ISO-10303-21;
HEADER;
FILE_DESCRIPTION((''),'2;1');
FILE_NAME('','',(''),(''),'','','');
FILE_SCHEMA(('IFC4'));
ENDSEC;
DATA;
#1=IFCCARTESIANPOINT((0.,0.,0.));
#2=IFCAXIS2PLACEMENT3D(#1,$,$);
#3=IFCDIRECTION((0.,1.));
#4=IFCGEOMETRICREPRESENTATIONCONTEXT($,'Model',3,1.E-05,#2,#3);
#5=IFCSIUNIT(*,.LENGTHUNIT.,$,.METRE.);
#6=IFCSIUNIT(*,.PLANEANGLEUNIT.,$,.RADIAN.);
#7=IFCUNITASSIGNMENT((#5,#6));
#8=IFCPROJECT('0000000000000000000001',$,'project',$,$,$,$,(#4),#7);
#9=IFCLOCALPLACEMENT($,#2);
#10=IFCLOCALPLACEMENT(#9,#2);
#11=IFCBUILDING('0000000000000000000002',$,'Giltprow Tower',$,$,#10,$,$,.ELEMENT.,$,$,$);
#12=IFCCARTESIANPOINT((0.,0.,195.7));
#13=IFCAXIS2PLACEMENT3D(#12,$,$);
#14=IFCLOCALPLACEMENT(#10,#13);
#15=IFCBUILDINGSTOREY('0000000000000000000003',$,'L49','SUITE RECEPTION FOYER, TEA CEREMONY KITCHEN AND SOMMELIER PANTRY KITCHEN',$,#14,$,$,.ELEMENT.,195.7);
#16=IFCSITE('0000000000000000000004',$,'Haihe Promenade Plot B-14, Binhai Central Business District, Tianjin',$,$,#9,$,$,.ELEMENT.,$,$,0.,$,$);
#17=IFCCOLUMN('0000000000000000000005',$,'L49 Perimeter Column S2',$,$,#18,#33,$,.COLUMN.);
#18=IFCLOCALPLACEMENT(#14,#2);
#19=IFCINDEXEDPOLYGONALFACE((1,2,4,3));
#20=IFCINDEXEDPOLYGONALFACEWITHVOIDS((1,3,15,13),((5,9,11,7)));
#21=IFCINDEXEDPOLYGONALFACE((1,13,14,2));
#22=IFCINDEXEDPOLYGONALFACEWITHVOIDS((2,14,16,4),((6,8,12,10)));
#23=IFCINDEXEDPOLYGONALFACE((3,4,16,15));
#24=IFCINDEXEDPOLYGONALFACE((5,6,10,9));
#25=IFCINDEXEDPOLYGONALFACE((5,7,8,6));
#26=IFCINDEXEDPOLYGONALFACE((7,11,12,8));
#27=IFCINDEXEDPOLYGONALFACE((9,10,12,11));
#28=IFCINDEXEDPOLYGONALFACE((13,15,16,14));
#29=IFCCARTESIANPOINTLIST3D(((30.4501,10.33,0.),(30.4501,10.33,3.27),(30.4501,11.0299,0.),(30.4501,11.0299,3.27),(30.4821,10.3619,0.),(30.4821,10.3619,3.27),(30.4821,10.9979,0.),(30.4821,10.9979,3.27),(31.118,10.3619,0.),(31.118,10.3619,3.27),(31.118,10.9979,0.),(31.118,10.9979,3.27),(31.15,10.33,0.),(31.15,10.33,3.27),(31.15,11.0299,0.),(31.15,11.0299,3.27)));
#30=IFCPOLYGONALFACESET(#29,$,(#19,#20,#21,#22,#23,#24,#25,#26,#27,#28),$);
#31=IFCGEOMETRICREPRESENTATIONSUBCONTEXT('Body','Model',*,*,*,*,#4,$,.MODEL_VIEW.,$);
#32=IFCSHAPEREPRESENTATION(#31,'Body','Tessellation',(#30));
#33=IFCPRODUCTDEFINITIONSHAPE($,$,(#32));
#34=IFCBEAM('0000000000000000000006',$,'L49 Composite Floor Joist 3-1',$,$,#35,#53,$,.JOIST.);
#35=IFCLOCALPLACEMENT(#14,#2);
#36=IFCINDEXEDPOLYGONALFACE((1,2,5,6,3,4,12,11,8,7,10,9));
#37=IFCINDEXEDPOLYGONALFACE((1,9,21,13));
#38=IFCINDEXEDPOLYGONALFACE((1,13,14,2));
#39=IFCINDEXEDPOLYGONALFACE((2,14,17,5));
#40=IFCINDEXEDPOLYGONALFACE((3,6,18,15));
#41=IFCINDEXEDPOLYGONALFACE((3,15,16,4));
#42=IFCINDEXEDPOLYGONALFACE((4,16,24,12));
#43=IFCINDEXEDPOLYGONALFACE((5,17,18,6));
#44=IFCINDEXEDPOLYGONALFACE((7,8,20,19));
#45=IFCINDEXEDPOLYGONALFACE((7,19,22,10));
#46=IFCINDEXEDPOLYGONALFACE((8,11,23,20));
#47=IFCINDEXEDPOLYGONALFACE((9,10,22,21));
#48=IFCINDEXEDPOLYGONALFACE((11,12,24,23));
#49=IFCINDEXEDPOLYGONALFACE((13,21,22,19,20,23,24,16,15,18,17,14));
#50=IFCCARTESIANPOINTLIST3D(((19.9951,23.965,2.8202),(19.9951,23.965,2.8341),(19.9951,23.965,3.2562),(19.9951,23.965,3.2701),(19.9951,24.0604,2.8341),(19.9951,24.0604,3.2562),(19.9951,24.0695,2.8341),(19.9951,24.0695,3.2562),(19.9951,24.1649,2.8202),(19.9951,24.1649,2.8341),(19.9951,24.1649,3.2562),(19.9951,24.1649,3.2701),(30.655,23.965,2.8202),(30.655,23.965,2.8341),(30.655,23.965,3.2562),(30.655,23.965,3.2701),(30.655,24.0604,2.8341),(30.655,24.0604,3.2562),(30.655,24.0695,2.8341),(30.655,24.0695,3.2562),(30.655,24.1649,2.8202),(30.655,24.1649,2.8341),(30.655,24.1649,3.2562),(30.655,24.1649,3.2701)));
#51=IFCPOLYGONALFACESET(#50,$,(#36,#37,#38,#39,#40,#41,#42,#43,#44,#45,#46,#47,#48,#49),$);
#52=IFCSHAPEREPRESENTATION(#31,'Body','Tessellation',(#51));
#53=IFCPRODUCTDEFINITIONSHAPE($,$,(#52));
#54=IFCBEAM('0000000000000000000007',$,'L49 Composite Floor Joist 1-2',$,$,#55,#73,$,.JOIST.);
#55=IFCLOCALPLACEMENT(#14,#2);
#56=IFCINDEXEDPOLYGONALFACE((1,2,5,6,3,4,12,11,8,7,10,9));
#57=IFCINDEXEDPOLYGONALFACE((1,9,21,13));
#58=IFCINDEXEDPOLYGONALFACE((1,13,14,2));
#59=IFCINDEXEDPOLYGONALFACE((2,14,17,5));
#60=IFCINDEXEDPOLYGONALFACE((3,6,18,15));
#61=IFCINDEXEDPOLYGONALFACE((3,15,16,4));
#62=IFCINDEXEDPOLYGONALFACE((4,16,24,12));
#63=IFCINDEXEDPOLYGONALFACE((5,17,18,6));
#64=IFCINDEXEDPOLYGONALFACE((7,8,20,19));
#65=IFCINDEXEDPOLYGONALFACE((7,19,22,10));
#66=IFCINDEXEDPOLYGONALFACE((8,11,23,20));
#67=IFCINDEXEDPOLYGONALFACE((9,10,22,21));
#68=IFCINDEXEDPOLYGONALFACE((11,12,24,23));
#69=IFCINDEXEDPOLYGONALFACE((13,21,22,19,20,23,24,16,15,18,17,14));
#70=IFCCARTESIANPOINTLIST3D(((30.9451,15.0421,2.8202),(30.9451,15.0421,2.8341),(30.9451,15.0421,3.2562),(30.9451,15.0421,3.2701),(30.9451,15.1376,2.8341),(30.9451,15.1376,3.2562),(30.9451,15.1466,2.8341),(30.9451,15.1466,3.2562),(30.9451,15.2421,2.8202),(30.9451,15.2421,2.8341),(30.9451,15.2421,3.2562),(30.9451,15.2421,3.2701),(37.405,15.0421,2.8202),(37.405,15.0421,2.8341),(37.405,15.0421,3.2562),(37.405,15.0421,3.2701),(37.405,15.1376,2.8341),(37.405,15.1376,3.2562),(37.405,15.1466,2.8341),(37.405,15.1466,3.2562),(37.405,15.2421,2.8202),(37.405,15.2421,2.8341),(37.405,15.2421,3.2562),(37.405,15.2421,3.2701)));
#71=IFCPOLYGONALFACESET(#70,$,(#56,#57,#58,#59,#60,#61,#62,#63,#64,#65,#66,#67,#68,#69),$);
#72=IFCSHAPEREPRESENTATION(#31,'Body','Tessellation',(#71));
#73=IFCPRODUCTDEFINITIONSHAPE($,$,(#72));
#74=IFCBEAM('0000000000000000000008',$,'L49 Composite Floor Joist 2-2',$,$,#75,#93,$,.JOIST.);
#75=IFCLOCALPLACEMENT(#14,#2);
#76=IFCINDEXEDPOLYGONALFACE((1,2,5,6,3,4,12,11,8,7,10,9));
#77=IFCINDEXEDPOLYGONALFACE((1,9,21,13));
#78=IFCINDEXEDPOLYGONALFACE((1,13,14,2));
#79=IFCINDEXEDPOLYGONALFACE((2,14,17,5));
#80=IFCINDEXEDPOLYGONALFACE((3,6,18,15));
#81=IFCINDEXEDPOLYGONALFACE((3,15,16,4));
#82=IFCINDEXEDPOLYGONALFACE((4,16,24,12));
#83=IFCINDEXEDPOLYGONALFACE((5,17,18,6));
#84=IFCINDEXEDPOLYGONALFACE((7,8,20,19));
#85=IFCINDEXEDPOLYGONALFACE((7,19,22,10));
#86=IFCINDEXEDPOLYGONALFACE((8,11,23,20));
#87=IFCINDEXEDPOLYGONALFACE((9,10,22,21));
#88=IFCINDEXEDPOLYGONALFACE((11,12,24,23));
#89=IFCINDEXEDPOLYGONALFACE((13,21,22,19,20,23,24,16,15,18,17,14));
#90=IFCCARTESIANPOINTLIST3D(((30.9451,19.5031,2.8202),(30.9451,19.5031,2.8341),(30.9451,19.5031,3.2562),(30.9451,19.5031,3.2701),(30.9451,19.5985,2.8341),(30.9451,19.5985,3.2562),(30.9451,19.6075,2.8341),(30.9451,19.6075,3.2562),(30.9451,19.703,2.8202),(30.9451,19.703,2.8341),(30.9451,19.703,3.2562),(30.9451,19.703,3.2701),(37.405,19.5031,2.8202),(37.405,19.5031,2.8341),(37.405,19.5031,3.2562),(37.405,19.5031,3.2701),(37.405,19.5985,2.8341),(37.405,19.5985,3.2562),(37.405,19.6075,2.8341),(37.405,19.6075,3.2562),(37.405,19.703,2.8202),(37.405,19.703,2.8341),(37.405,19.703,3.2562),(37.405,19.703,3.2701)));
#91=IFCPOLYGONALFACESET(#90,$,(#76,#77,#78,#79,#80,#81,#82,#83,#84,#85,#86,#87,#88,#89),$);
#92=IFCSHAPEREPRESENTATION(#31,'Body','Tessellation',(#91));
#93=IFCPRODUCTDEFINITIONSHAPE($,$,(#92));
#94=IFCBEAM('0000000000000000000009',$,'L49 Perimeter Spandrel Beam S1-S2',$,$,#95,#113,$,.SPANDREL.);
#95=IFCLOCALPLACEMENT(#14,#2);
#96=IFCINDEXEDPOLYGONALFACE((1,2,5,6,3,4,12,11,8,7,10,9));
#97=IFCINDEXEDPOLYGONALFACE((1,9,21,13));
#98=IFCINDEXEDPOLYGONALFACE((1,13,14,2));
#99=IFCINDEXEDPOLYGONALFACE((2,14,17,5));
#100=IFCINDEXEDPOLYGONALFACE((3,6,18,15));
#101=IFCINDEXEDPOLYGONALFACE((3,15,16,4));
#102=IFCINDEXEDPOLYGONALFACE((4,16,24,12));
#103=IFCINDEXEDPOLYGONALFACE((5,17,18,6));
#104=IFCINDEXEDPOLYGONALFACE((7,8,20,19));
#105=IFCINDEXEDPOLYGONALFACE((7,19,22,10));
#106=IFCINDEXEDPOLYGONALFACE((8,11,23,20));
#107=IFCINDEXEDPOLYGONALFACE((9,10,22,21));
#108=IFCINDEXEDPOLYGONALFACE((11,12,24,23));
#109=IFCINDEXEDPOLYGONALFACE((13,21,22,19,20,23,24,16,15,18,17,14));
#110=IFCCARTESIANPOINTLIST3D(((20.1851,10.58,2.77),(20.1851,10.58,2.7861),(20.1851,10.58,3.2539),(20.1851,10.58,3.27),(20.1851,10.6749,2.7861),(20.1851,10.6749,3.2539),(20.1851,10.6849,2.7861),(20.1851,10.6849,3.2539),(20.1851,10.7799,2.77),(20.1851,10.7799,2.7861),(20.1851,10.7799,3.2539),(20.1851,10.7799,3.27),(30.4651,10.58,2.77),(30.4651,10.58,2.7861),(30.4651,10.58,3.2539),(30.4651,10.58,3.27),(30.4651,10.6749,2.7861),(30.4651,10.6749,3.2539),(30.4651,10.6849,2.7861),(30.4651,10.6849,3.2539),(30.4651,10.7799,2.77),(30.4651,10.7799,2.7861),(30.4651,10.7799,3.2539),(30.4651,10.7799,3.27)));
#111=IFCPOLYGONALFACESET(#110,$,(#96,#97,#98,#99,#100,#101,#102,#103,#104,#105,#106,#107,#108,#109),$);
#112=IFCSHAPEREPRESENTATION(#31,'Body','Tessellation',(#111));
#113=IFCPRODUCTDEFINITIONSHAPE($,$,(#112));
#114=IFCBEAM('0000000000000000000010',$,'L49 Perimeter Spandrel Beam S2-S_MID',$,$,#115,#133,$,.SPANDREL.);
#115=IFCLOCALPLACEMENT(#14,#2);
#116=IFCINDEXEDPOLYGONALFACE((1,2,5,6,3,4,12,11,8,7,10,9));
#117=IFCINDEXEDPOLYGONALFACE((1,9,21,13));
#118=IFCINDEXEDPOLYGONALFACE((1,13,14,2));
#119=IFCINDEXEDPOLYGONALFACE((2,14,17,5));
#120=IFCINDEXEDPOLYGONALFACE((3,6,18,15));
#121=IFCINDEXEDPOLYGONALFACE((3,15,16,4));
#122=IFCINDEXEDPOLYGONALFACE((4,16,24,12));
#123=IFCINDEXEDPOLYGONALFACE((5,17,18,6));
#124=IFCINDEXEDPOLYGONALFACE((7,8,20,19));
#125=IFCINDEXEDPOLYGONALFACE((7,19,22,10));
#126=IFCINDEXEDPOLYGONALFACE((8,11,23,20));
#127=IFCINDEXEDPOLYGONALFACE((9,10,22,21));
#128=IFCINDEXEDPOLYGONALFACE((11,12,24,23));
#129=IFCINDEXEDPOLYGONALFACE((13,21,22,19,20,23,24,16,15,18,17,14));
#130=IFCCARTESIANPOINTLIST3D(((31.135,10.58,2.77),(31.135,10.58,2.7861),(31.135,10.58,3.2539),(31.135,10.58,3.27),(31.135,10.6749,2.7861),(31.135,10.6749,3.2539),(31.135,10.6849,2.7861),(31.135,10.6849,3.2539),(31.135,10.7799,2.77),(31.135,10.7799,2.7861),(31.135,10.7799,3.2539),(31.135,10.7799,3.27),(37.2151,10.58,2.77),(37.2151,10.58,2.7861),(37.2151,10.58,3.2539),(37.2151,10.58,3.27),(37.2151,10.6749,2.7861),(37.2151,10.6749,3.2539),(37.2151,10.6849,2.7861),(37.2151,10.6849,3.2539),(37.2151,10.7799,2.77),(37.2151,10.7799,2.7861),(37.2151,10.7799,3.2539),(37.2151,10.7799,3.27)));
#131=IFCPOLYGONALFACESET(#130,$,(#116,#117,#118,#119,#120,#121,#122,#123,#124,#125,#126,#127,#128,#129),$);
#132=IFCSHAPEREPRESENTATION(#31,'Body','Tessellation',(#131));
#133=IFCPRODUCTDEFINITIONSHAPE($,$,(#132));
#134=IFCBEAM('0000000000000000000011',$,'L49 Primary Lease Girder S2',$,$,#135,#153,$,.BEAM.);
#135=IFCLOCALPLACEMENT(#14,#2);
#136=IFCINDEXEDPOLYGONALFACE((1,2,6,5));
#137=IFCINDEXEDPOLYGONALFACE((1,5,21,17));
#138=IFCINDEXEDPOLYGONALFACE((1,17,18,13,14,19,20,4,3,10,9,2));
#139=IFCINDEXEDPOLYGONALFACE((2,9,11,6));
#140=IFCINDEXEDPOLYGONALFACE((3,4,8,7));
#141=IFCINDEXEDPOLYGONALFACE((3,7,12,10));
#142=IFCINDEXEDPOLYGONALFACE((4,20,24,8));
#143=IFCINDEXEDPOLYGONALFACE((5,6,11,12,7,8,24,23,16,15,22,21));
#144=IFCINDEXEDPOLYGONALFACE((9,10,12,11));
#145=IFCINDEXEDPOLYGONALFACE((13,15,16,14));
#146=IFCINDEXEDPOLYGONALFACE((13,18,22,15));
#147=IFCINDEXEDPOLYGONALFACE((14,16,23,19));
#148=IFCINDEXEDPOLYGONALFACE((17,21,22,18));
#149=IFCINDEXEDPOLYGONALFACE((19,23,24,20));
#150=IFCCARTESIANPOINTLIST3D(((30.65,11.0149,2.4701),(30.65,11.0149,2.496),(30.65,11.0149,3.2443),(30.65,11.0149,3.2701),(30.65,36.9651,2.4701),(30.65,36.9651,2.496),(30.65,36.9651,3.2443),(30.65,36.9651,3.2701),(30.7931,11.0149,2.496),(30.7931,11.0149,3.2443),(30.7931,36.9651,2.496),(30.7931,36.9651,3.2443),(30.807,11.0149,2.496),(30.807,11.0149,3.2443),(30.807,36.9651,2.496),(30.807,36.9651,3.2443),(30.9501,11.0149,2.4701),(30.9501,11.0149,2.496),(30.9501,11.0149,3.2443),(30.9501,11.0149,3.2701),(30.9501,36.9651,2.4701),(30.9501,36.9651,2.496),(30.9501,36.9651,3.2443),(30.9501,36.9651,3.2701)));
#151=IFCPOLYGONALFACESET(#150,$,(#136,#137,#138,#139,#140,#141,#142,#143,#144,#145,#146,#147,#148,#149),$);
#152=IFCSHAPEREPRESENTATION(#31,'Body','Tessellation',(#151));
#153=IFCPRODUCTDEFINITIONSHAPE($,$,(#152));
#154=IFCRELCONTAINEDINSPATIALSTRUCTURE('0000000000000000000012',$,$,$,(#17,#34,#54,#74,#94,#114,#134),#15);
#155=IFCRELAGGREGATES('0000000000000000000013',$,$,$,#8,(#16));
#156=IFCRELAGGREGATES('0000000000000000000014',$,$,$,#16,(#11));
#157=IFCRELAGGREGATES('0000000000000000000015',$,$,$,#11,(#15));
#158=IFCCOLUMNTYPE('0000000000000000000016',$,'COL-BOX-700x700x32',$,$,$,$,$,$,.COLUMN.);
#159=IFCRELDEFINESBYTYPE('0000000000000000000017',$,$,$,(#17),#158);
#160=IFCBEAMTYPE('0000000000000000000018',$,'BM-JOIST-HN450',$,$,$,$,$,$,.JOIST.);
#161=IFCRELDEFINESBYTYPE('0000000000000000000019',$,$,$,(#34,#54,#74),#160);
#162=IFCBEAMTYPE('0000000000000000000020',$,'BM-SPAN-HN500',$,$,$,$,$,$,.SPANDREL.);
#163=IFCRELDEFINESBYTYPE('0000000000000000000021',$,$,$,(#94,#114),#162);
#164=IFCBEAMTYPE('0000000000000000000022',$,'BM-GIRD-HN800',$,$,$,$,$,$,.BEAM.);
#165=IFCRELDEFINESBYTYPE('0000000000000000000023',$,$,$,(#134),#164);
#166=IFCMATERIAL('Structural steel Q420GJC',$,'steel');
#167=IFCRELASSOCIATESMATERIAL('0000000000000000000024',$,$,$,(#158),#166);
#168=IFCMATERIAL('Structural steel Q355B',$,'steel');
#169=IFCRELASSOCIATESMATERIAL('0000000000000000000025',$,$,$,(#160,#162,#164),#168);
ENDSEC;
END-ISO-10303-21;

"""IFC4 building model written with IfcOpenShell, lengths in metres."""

from ifc_helpers import new_model, si_unit, direction, frame, origin, origin_2d, place, context, subcontext, project, spatial, hollow_rectangle, i_section, extrude, source, transform, mapped, material, material_profile, profile_set, type_object, element, save


model = new_model("IFC4")

# Units and contexts
model_context = context("Model", 3, precision=1e-05, world=origin(), true_north=direction((0.0, 1.0)))
body_context = subcontext(model_context, "Body", "Model", "MODEL_VIEW")
ifc_project = project(units=[si_unit("LENGTHUNIT", "METRE"), si_unit("PLANEANGLEUNIT", "RADIAN")], contexts=[model_context])

# Site, building, storey
site_placement = place(None, origin())
site = spatial("IfcSite", under=ifc_project, at=site_placement, Name="Haihe Promenade Plot B-14, Binhai Central Business District, Tianjin", CompositionType="ELEMENT", RefElevation=0.0)
building_placement = place(site_placement, origin())
building = spatial("IfcBuilding", under=site, at=building_placement, Name="Giltprow Tower", CompositionType="ELEMENT")
storey_placement = place(building_placement, frame((0.0, 0.0, 195.7)))
storey = spatial("IfcBuildingStorey", under=building, at=storey_placement, Name="L49", Description="SUITE RECEPTION FOYER, TEA CEREMONY KITCHEN AND SOMMELIER PANTRY KITCHEN", CompositionType="ELEMENT", Elevation=195.7)

# Column
ifc_material_1 = material(Name="Structural steel Q420GJC", Category="steel")
ifc_material_profile_1 = material_profile(ifc_material_1, hollow_rectangle(XDim=0.7, YDim=0.7, WallThickness=0.032, at=origin_2d()), Name="BOX 700x700x32")
ifc_profile_set_1 = profile_set([ifc_material_profile_1], Name="Structural steel Q420GJC")
column_type = type_object("IfcColumnType", Name="COL-BOX-700x700x32", PredefinedType="COLUMN", material=ifc_profile_set_1)
shared_shape_1 = source(origin(), body_context, "Body", "SweptSolid", [
    extrude(hollow_rectangle(XDim=0.7, YDim=0.7, WallThickness=0.032, at=origin_2d()), origin(), (0.0, 0.0, 1.0), 3.27),
])
column_placement = place(storey_placement, frame((30.8, 10.6799, 0.0), z_axis=(0.0, 0.0, 1.0), x_axis=(1.0, 0.0, 0.0)))
element("IfcColumn", 1, at=column_placement, inside=storey, type_object=column_type, Name="L49 Perimeter Column S2", PredefinedType="COLUMN", context=body_context, shape_type="MappedRepresentation", body=[
    mapped(shared_shape_1, transform((0.0, 0.0, 0.0), x_axis=(1.0, 0.0, 0.0), y_axis=(0.0, 1.0, 0.0), z_axis=(0.0, 0.0, 1.0), scale=1.0)),
])

# Beams
ifc_material_2 = material(Name="Structural steel Q355B", Category="steel")
ifc_material_profile_2 = material_profile(ifc_material_2, i_section(OverallWidth=0.2, OverallDepth=0.45, WebThickness=0.009, FlangeThickness=0.0139, at=origin_2d()), Name="HN 450x200x9x14")
ifc_profile_set_2 = profile_set([ifc_material_profile_2], Name="Structural steel Q355B")
beam_type_1 = type_object("IfcBeamType", Name="BM-JOIST-HN450", PredefinedType="JOIST", material=ifc_profile_set_2)
shared_shape_2 = source(origin(), body_context, "Body", "SweptSolid", [
    extrude(i_section(OverallWidth=0.2, OverallDepth=0.45, WebThickness=0.009, FlangeThickness=0.0139, at=origin_2d()), origin(), (0.0, 0.0, 1.0), 10.6599),
])
beam_1_placement = place(storey_placement, frame((19.9951, 24.0649, 3.0452), z_axis=(1.0, 0.0, 0.0), x_axis=(0.0, 1.0, 0.0)))
element("IfcBeam", 2, at=beam_1_placement, inside=storey, type_object=beam_type_1, Name="L49 Composite Floor Joist 3-1", PredefinedType="JOIST", context=body_context, shape_type="MappedRepresentation", body=[
    mapped(shared_shape_2, transform((0.0, 0.0, 0.0), x_axis=(1.0, 0.0, 0.0), y_axis=(0.0, 1.0, 0.0), z_axis=(0.0, 0.0, 1.0), scale=1.0)),
])
shared_shape_3 = source(origin(), body_context, "Body", "SweptSolid", [
    extrude(i_section(OverallWidth=0.2, OverallDepth=0.45, WebThickness=0.009, FlangeThickness=0.0139, at=origin_2d()), origin(), (0.0, 0.0, 1.0), 6.46),
])
for number, where, z_axis, x_axis, name in (
    (3, (30.9451, 15.1421, 3.0452), (1.0, 0.0, 0.0), (0.0, 1.0, 0.0), "L49 Composite Floor Joist 1-2"),
    (4, (30.9451, 19.603, 3.0452), (1.0, 0.0, 0.0), (0.0, 1.0, 0.0), "L49 Composite Floor Joist 2-2"),
):
    element("IfcBeam", number, at=place(storey_placement, frame(where, z_axis=z_axis, x_axis=x_axis)), inside=storey, type_object=beam_type_1, Name=name, PredefinedType="JOIST", context=body_context, shape_type="MappedRepresentation", body=[
        mapped(shared_shape_3, transform((0.0, 0.0, 0.0), x_axis=(1.0, 0.0, 0.0), y_axis=(0.0, 1.0, 0.0), z_axis=(0.0, 0.0, 1.0), scale=1.0)),
    ])
ifc_material_profile_3 = material_profile(ifc_material_2, i_section(OverallWidth=0.2, OverallDepth=0.5, WebThickness=0.01, FlangeThickness=0.0161, at=origin_2d()), Name="HN 500x200x10x16")
ifc_profile_set_3 = profile_set([ifc_material_profile_3], Name="Structural steel Q355B")
beam_type_2 = type_object("IfcBeamType", Name="BM-SPAN-HN500", PredefinedType="SPANDREL", material=ifc_profile_set_3)
shared_shape_4 = source(origin(), body_context, "Body", "SweptSolid", [
    extrude(i_section(OverallWidth=0.2, OverallDepth=0.5, WebThickness=0.01, FlangeThickness=0.0161, at=origin_2d()), origin(), (0.0, 0.0, 1.0), 10.28),
])
beam_2_placement = place(storey_placement, frame((20.1851, 10.6799, 3.02), z_axis=(1.0, 0.0, 0.0), x_axis=(0.0, 1.0, 0.0)))
element("IfcBeam", 5, at=beam_2_placement, inside=storey, type_object=beam_type_2, Name="L49 Perimeter Spandrel Beam S1-S2", PredefinedType="SPANDREL", context=body_context, shape_type="MappedRepresentation", body=[
    mapped(shared_shape_4, transform((0.0, 0.0, 0.0), x_axis=(1.0, 0.0, 0.0), y_axis=(0.0, 1.0, 0.0), z_axis=(0.0, 0.0, 1.0), scale=1.0)),
])
shared_shape_5 = source(origin(), body_context, "Body", "SweptSolid", [
    extrude(i_section(OverallWidth=0.2, OverallDepth=0.5, WebThickness=0.01, FlangeThickness=0.0161, at=origin_2d()), origin(), (0.0, 0.0, 1.0), 6.0801),
])
beam_3_placement = place(storey_placement, frame((31.135, 10.6799, 3.02), z_axis=(1.0, 0.0, 0.0), x_axis=(0.0, 1.0, 0.0)))
element("IfcBeam", 6, at=beam_3_placement, inside=storey, type_object=beam_type_2, Name="L49 Perimeter Spandrel Beam S2-S_MID", PredefinedType="SPANDREL", context=body_context, shape_type="MappedRepresentation", body=[
    mapped(shared_shape_5, transform((0.0, 0.0, 0.0), x_axis=(1.0, 0.0, 0.0), y_axis=(0.0, 1.0, 0.0), z_axis=(0.0, 0.0, 1.0), scale=1.0)),
])
ifc_material_profile_4 = material_profile(ifc_material_2, i_section(OverallWidth=0.3, OverallDepth=0.8, WebThickness=0.0139, FlangeThickness=0.0259, at=origin_2d()), Name="HN 800x300x14x26")
ifc_profile_set_4 = profile_set([ifc_material_profile_4], Name="Structural steel Q355B")
beam_type_3 = type_object("IfcBeamType", Name="BM-GIRD-HN800", PredefinedType="BEAM", material=ifc_profile_set_4)
shared_shape_6 = source(origin(), body_context, "Body", "SweptSolid", [
    extrude(i_section(OverallWidth=0.3, OverallDepth=0.8, WebThickness=0.0139, FlangeThickness=0.0259, at=origin_2d()), origin(), (0.0, 0.0, 1.0), 25.9502),
])
beam_4_placement = place(storey_placement, frame((30.8, 11.0149, 2.8701), z_axis=(0.0, 1.0, 0.0), x_axis=(-1.0, 0.0, 0.0)))
element("IfcBeam", 7, at=beam_4_placement, inside=storey, type_object=beam_type_3, Name="L49 Primary Lease Girder S2", PredefinedType="BEAM", context=body_context, shape_type="MappedRepresentation", body=[
    mapped(shared_shape_6, transform((0.0, 0.0, 0.0), x_axis=(1.0, 0.0, 0.0), y_axis=(0.0, 1.0, 0.0), z_axis=(0.0, 0.0, 1.0), scale=1.0)),
])

save(model, "model.ifc")
